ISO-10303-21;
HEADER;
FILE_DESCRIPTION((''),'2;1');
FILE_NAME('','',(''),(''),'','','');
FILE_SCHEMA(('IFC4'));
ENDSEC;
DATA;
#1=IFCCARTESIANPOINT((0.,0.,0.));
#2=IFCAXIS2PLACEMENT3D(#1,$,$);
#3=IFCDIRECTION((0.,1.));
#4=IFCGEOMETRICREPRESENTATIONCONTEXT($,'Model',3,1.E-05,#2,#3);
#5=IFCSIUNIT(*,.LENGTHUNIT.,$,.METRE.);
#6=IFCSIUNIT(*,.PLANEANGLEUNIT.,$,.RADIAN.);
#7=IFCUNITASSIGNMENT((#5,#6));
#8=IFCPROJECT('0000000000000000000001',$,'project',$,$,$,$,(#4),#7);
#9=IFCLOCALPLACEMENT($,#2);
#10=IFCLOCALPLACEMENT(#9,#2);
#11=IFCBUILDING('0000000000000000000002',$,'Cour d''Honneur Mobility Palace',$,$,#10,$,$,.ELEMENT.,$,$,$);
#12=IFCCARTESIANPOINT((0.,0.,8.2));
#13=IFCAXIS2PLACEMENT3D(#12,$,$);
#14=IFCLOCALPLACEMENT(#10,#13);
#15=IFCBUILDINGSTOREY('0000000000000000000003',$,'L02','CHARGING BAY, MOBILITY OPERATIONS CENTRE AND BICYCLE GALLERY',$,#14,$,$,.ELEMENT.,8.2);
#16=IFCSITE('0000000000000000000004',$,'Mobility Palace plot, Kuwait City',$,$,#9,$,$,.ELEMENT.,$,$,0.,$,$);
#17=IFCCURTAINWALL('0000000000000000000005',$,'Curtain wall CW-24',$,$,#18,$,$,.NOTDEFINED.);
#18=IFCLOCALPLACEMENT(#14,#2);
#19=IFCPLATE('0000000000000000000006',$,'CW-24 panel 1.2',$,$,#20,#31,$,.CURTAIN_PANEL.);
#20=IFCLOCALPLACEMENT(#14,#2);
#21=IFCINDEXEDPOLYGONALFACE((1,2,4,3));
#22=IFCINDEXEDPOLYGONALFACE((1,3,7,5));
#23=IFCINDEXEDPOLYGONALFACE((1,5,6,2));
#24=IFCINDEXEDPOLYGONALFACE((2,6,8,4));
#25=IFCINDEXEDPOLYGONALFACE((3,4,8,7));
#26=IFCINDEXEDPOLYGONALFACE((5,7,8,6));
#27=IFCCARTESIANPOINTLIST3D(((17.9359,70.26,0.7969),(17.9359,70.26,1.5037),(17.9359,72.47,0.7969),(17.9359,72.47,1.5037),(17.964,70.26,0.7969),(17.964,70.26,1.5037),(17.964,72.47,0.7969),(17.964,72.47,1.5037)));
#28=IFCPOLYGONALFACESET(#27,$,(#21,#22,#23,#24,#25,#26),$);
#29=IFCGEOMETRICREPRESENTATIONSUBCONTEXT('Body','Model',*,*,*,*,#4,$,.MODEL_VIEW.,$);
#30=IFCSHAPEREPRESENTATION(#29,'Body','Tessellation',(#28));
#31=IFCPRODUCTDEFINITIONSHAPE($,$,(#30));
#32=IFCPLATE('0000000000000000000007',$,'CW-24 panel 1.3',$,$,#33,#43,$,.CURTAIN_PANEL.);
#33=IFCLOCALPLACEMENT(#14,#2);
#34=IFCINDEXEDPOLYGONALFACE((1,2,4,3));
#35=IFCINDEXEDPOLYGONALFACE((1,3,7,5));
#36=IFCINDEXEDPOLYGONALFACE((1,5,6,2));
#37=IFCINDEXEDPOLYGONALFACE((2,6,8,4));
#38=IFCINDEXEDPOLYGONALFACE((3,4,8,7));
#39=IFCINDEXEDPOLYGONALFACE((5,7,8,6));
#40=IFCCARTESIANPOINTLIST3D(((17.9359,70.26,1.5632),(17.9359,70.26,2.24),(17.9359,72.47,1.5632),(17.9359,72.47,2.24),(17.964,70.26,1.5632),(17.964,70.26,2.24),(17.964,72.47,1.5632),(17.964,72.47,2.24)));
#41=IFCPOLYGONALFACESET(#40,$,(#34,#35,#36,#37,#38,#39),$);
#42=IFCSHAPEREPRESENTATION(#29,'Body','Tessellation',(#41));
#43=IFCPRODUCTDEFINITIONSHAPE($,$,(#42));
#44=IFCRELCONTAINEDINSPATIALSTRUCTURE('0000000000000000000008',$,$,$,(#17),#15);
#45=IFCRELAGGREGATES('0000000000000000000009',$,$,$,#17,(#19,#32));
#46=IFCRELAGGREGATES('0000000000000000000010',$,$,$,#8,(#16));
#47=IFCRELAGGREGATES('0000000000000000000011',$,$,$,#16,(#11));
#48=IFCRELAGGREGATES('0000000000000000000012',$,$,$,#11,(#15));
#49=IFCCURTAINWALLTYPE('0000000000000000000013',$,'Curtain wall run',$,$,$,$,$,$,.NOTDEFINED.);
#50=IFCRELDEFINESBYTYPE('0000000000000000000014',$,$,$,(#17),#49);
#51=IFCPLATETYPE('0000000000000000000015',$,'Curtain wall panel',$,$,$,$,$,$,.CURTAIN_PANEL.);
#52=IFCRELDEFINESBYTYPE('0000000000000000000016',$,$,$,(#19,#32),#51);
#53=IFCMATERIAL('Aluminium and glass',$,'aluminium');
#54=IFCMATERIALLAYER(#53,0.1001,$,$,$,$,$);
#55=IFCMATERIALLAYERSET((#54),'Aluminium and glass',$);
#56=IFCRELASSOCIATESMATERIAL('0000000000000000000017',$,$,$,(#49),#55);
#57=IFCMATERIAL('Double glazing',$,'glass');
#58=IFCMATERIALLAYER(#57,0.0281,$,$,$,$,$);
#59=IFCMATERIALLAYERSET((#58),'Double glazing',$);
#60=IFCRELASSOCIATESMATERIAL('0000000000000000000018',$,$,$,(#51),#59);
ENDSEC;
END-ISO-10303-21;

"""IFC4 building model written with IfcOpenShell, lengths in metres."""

from ifc_helpers import new_model, si_unit, direction, frame, origin, origin_2d, place, context, subcontext, project, spatial, rectangle, extrude, material, layer, layer_set, type_object, element, aggregate, save


model = new_model("IFC4")

# Units and contexts
model_context = context("Model", 3, precision=1e-05, world=origin(), true_north=direction((0.0, 1.0)))
body_context = subcontext(model_context, "Body", "Model", "MODEL_VIEW")
ifc_project = project(units=[si_unit("LENGTHUNIT", "METRE"), si_unit("PLANEANGLEUNIT", "RADIAN")], contexts=[model_context])

# Site, building, storey
site_placement = place(None, origin())
site = spatial("IfcSite", under=ifc_project, at=site_placement, Name="Mobility Palace plot, Kuwait City", CompositionType="ELEMENT", RefElevation=0.0)
building_placement = place(site_placement, origin())
building = spatial("IfcBuilding", under=site, at=building_placement, Name="Cour d'Honneur Mobility Palace", CompositionType="ELEMENT")
storey_placement = place(building_placement, frame((0.0, 0.0, 8.2)))
storey = spatial("IfcBuildingStorey", under=building, at=storey_placement, Name="L02", Description="CHARGING BAY, MOBILITY OPERATIONS CENTRE AND BICYCLE GALLERY", CompositionType="ELEMENT", Elevation=8.2)

# Curtain wall
ifc_material_1 = material(Name="Aluminium and glass", Category="aluminium")
ifc_layer_1 = layer(ifc_material_1, 0.1001)
ifc_layer_set_1 = layer_set([ifc_layer_1], Name="Aluminium and glass")
curtain_wall_type = type_object("IfcCurtainWallType", Name="Curtain wall run", PredefinedType="NOTDEFINED", material=ifc_layer_set_1)
curtain_wall_1_placement = place(storey_placement, origin())
curtain_wall_1 = element("IfcCurtainWall", 1, at=curtain_wall_1_placement, inside=storey, type_object=curtain_wall_type, Name="Curtain wall CW-24", PredefinedType="NOTDEFINED")

# Plates
ifc_material_2 = material(Name="Double glazing", Category="glass")
ifc_layer_2 = layer(ifc_material_2, 0.0281)
ifc_layer_set_2 = layer_set([ifc_layer_2], Name="Double glazing")
plate_type = type_object("IfcPlateType", Name="Curtain wall panel", PredefinedType="CURTAIN_PANEL", material=ifc_layer_set_2)
plate_1_placement = place(storey_placement, frame((17.95, 71.365, 0.7969), z_axis=(0.0, 0.0, 1.0), x_axis=(0.0, 1.0, 0.0)))
plate_1 = element("IfcPlate", 2, at=plate_1_placement, type_object=plate_type, Name="CW-24 panel 1.2", PredefinedType="CURTAIN_PANEL", context=body_context, shape_type="SweptSolid", body=[
    extrude(rectangle(XDim=2.21, YDim=0.0281, at=origin_2d()), origin(), (0.0, 0.0, 1.0), 0.7068),
])
plate_2_placement = place(storey_placement, frame((17.95, 71.365, 1.5632), z_axis=(0.0, 0.0, 1.0), x_axis=(0.0, 1.0, 0.0)))
plate_2 = element("IfcPlate", 3, at=plate_2_placement, type_object=plate_type, Name="CW-24 panel 1.3", PredefinedType="CURTAIN_PANEL", context=body_context, shape_type="SweptSolid", body=[
    extrude(rectangle(XDim=2.21, YDim=0.0281, at=origin_2d()), origin(), (0.0, 0.0, 1.0), 0.6768),
])
aggregate(curtain_wall_1, [plate_1, plate_2])

save(model, "model.ifc")
